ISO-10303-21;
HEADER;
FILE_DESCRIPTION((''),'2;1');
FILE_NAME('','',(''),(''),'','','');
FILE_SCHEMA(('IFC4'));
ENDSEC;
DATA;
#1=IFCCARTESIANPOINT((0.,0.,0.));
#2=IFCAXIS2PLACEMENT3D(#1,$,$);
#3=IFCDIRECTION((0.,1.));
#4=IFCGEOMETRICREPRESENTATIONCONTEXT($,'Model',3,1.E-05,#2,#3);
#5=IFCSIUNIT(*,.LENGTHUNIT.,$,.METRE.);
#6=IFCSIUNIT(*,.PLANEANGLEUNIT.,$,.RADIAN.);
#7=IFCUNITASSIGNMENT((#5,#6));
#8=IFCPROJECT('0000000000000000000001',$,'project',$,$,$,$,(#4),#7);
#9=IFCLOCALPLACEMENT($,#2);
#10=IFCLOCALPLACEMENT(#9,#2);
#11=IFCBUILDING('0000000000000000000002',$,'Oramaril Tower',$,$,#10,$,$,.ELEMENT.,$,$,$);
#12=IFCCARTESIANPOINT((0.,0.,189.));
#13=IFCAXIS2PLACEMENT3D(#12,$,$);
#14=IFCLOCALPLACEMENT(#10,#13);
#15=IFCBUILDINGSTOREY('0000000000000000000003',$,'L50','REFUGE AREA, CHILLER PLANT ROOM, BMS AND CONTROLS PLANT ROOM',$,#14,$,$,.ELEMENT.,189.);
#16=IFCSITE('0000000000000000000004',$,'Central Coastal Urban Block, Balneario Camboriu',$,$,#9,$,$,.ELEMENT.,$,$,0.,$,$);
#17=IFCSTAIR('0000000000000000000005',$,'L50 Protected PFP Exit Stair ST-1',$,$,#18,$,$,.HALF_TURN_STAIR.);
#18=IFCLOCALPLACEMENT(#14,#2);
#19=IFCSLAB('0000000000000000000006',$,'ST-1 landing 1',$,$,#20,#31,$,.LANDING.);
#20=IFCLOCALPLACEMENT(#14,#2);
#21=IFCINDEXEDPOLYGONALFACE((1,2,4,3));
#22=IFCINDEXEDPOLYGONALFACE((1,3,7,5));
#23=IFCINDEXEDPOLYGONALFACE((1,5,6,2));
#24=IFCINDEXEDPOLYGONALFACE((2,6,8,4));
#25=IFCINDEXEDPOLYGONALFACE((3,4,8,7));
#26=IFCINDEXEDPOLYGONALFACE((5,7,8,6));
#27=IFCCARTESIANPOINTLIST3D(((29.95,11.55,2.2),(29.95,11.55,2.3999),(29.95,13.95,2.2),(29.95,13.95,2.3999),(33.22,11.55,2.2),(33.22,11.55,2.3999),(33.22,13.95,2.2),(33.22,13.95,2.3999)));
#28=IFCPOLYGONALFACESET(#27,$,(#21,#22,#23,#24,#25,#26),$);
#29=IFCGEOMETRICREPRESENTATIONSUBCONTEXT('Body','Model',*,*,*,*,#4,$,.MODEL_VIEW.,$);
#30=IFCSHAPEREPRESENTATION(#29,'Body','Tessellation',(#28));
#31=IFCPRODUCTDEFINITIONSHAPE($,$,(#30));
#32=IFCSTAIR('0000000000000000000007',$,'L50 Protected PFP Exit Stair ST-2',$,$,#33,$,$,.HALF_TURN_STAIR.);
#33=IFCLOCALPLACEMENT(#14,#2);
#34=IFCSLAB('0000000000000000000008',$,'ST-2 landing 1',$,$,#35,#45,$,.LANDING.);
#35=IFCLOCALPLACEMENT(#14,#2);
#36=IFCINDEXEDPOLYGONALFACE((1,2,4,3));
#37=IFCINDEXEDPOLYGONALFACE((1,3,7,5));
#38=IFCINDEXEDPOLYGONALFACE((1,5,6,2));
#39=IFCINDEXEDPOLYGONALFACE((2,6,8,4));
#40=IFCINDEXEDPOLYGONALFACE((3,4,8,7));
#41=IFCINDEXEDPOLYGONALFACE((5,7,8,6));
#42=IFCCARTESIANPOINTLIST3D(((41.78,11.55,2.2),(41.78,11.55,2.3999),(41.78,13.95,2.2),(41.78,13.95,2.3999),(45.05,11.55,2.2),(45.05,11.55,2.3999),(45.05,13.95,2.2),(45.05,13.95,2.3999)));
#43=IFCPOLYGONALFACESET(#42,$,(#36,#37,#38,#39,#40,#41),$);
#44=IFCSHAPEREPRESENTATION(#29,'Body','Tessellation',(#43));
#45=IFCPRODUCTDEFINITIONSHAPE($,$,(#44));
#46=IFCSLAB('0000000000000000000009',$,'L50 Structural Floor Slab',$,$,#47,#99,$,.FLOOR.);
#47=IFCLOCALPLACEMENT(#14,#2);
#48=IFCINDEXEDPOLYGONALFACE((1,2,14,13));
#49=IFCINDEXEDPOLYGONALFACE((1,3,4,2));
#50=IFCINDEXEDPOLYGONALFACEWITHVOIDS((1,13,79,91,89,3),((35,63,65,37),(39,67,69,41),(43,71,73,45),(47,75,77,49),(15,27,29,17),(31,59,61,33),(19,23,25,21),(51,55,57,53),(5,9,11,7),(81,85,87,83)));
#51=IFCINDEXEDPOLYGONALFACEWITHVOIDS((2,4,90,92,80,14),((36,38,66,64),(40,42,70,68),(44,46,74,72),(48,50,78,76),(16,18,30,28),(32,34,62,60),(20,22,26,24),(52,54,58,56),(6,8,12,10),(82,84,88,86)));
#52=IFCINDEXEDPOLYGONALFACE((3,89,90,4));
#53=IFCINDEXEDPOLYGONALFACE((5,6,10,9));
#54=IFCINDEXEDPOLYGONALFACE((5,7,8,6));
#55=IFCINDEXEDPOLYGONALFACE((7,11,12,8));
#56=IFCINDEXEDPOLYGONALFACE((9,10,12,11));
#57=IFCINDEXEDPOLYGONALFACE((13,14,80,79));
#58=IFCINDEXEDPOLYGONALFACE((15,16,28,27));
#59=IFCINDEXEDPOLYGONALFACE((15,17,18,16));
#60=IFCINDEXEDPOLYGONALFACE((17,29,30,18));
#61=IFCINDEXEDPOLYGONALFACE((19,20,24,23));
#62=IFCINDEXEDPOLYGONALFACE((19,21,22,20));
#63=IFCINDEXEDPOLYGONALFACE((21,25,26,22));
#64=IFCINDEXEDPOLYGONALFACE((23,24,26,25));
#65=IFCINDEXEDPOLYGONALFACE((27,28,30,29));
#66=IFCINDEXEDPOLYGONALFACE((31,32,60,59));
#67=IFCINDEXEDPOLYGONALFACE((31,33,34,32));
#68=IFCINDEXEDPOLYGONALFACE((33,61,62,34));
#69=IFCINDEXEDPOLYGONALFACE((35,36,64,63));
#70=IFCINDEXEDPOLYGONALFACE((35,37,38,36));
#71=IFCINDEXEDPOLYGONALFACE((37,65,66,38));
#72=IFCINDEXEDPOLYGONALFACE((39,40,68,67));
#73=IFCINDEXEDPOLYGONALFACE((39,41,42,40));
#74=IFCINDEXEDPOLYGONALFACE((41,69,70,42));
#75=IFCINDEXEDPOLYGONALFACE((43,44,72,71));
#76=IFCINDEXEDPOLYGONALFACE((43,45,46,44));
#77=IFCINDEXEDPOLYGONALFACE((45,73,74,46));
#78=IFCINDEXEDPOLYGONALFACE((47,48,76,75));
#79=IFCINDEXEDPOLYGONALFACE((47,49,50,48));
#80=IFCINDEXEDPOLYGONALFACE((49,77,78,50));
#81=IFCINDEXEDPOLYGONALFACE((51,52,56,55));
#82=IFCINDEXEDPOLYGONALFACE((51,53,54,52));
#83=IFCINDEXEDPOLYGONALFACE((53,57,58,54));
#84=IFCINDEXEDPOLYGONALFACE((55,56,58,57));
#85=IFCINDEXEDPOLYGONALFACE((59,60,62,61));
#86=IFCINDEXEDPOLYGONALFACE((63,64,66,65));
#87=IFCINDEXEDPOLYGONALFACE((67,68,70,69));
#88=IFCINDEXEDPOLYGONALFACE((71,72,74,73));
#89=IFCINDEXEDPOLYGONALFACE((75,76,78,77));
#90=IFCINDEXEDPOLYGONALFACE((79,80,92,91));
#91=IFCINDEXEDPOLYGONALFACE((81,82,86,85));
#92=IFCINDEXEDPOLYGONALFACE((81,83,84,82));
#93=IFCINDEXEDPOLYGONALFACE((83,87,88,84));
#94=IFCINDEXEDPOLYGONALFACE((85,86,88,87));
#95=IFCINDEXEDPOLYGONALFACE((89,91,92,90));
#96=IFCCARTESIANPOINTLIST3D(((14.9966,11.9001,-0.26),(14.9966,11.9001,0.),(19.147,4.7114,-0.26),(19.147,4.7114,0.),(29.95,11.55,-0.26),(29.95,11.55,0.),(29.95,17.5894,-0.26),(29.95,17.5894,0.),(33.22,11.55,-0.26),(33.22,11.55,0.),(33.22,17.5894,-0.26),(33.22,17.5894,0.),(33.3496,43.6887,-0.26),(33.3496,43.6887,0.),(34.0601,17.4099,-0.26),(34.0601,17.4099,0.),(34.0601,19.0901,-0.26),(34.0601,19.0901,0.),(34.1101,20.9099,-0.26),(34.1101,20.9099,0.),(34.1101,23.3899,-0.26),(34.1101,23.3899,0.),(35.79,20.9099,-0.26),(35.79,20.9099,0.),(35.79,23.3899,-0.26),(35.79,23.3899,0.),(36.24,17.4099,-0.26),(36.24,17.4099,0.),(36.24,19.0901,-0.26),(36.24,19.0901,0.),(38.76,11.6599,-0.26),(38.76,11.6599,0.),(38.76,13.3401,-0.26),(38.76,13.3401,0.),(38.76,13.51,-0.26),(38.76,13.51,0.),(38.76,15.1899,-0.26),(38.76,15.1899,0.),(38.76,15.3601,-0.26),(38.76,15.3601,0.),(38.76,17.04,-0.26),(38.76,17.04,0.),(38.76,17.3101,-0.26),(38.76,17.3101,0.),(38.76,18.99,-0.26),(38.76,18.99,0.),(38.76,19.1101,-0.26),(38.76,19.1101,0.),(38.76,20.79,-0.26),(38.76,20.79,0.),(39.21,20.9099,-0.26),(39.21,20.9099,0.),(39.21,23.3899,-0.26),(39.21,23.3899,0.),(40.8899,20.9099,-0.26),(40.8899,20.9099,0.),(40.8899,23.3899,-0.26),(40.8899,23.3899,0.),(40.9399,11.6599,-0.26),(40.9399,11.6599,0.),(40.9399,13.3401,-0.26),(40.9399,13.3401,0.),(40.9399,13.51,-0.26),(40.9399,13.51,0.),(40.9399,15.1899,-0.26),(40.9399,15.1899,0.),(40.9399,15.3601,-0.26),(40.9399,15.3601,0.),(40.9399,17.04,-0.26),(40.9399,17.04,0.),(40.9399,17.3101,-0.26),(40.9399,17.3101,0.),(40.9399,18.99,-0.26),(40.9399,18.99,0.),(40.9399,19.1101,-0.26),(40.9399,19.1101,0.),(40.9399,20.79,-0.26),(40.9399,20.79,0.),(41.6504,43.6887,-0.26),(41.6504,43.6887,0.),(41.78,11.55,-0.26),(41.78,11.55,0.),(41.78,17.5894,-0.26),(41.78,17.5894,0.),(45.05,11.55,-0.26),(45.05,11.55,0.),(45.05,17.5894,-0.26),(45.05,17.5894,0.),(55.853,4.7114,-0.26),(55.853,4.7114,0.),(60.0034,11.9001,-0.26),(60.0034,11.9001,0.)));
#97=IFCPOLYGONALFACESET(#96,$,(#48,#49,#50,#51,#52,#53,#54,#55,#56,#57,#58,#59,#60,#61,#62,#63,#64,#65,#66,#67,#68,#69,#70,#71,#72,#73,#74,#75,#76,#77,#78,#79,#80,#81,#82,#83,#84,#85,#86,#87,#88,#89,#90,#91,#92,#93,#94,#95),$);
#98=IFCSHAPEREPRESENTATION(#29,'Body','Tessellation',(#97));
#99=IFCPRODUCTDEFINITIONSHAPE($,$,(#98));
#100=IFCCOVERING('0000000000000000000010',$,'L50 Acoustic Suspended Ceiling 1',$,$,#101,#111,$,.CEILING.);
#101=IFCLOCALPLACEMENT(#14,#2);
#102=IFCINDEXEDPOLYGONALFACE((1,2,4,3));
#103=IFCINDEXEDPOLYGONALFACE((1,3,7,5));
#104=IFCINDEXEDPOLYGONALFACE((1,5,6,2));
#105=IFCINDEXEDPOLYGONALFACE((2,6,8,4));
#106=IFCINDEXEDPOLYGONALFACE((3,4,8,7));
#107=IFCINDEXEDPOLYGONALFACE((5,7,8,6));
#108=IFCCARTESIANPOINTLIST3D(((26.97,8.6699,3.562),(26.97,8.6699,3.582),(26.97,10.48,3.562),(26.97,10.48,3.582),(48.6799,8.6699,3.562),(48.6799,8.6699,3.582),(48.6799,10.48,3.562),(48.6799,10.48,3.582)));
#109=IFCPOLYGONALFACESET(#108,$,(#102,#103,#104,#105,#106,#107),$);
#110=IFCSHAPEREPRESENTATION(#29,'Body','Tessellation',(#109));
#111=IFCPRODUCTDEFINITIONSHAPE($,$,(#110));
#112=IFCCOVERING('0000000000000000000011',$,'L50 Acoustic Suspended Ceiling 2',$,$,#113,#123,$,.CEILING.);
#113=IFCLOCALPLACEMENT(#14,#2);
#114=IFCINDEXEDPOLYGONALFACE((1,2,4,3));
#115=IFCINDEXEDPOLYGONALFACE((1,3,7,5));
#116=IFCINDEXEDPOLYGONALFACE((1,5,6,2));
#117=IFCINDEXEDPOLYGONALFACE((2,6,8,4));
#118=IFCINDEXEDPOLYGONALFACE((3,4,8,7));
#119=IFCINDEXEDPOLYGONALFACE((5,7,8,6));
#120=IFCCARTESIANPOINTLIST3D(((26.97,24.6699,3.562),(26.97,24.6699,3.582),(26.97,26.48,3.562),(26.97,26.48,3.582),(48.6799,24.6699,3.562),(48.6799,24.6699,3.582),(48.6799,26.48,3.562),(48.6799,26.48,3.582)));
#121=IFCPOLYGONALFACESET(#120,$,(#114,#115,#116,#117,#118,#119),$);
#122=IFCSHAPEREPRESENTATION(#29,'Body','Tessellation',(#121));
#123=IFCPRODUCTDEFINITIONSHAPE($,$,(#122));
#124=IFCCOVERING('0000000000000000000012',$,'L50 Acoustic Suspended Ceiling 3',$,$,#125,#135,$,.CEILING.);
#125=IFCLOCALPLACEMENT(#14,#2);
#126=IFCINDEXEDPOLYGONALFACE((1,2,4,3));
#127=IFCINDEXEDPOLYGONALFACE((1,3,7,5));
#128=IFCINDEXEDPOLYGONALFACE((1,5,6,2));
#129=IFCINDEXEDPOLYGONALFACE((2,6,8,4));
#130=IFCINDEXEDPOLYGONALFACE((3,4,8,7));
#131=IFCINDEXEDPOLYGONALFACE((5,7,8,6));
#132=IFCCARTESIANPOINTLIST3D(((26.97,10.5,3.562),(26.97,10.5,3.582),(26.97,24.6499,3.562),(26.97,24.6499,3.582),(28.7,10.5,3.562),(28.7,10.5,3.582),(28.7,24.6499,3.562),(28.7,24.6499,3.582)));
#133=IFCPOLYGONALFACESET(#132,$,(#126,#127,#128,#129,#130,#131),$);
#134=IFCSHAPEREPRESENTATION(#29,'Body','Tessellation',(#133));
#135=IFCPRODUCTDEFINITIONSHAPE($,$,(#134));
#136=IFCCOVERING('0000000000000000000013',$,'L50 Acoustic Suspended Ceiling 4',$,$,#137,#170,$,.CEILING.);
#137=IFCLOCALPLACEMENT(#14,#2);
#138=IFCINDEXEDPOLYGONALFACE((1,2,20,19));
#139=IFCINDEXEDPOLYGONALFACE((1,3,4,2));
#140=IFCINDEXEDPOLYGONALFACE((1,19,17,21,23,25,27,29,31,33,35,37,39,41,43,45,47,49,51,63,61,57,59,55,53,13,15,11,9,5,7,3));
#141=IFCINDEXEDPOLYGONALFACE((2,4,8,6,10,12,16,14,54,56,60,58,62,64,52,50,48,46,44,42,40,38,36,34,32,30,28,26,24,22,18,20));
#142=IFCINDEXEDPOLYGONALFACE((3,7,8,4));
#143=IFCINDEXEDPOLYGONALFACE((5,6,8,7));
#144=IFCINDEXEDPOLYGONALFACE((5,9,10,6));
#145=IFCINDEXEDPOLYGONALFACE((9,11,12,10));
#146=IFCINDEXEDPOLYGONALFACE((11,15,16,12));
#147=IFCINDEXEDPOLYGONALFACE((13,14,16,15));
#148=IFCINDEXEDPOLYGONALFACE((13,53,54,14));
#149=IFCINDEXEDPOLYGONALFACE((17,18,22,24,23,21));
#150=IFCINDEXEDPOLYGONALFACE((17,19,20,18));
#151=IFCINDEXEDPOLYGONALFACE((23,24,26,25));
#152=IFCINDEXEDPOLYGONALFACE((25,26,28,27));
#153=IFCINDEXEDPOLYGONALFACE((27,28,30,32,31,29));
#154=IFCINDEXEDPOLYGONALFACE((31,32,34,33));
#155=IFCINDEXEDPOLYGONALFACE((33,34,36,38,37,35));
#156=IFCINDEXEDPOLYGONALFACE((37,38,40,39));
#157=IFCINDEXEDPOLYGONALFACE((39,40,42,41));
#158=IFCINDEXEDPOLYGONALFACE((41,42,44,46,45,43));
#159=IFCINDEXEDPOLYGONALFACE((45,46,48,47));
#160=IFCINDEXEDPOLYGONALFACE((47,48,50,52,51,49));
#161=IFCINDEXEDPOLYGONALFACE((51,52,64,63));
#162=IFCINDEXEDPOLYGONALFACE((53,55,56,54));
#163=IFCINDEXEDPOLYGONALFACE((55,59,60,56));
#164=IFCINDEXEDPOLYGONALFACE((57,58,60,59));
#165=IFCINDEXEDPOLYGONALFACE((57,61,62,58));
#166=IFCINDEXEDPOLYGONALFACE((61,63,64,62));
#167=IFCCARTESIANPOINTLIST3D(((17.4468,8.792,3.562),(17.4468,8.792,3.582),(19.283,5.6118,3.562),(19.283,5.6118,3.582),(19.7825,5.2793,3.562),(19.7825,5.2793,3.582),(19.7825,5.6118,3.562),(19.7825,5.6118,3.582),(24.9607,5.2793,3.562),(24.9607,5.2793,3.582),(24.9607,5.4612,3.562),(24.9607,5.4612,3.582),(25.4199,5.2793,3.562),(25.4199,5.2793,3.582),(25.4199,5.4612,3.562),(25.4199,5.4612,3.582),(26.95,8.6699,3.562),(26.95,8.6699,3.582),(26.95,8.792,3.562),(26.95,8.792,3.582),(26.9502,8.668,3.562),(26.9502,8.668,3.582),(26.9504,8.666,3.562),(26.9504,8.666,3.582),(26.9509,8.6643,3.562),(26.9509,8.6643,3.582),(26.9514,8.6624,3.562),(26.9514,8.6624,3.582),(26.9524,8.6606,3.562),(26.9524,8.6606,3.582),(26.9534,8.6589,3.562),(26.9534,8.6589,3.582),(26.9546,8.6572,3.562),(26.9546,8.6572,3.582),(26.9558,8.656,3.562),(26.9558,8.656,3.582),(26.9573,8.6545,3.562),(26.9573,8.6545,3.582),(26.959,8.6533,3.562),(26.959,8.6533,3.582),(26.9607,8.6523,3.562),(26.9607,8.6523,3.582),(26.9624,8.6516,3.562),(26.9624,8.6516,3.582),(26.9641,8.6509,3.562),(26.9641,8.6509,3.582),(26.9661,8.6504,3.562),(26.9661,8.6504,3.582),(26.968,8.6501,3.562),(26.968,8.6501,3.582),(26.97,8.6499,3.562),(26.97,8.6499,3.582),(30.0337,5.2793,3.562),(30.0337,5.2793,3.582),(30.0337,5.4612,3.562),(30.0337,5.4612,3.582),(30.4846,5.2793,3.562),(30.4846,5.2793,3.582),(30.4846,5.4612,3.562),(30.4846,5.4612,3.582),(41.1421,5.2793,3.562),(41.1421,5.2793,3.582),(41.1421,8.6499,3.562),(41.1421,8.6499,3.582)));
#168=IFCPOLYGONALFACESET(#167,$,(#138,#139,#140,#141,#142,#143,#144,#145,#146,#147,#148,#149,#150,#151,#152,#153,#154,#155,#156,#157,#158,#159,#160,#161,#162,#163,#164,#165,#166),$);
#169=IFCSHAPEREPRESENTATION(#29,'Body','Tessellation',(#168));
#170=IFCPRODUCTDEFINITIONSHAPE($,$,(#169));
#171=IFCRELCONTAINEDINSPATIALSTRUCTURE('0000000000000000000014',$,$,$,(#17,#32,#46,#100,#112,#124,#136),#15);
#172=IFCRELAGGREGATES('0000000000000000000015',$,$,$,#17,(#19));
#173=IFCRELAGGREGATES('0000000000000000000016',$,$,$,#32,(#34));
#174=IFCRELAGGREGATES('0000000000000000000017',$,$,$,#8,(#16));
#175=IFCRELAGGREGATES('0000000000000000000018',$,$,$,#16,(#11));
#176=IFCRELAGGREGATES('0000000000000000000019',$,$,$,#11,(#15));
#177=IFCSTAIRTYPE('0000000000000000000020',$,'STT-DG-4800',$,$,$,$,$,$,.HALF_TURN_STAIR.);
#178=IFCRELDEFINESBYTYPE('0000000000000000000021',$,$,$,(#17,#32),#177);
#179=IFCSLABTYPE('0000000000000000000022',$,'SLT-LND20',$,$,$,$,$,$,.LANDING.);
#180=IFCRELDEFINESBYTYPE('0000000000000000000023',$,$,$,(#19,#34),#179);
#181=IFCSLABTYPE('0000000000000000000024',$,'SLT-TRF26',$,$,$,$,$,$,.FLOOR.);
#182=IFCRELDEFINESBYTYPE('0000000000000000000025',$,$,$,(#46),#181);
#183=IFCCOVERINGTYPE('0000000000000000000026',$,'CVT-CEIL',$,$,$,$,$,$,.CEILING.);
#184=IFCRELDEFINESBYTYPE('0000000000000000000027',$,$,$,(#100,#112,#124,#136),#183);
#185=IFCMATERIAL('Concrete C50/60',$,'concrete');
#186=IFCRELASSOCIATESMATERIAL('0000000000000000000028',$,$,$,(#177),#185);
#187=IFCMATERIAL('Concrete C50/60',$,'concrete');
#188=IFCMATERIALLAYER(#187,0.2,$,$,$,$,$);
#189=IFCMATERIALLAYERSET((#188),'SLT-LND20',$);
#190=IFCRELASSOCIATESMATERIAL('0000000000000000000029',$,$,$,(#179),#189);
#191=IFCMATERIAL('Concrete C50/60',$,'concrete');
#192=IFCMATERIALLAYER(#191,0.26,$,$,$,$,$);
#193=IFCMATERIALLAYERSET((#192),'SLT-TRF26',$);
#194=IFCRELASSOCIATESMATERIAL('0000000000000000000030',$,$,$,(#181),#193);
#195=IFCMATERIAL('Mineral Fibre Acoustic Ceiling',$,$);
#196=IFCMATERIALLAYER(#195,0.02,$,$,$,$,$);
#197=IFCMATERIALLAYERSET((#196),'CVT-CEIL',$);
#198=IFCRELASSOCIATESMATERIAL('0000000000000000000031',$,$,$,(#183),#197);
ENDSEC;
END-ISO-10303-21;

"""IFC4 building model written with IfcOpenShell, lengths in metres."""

from ifc_helpers import new_model, si_unit, direction, frame, origin, place, context, subcontext, project, spatial, polyline, outline, extrude, material, layer, layer_set, type_object, element, aggregate, save


model = new_model("IFC4")

# Units and contexts
model_context = context("Model", 3, precision=1e-05, world=origin(), true_north=direction((0.0, 1.0)))
body_context = subcontext(model_context, "Body", "Model", "MODEL_VIEW")
ifc_project = project(units=[si_unit("LENGTHUNIT", "METRE"), si_unit("PLANEANGLEUNIT", "RADIAN")], contexts=[model_context])

# Site, building, storey
site_placement = place(None, origin())
site = spatial("IfcSite", under=ifc_project, at=site_placement, Name="Central Coastal Urban Block, Balneario Camboriu", CompositionType="ELEMENT", RefElevation=0.0)
building_placement = place(site_placement, origin())
building = spatial("IfcBuilding", under=site, at=building_placement, Name="Oramaril Tower", CompositionType="ELEMENT")
storey_placement = place(building_placement, frame((0.0, 0.0, 189.0)))
storey = spatial("IfcBuildingStorey", under=building, at=storey_placement, Name="L50", Description="REFUGE AREA, CHILLER PLANT ROOM, BMS AND CONTROLS PLANT ROOM", CompositionType="ELEMENT", Elevation=189.0)

# Stairs, slabs
ifc_material_1 = material(Name="Concrete C50/60", Category="concrete")
stair_type = type_object("IfcStairType", Name="STT-DG-4800", PredefinedType="HALF_TURN_STAIR", material=ifc_material_1)
stair_1_placement = place(storey_placement, origin())
stair_1 = element("IfcStair", 1, at=stair_1_placement, inside=storey, type_object=stair_type, Name="L50 Protected PFP Exit Stair ST-1", PredefinedType="HALF_TURN_STAIR")
ifc_material_2 = material(Name="Concrete C50/60", Category="concrete")
ifc_layer_1 = layer(ifc_material_2, 0.2)
ifc_layer_set_1 = layer_set([ifc_layer_1], Name="SLT-LND20")
slab_type_1 = type_object("IfcSlabType", Name="SLT-LND20", PredefinedType="LANDING", material=ifc_layer_set_1)
slab_1_placement = place(storey_placement, frame((0.0, 0.0, 2.2)))
slab_1 = element("IfcSlab", 2, at=slab_1_placement, type_object=slab_type_1, Name="ST-1 landing 1", PredefinedType="LANDING", context=body_context, shape_type="SweptSolid", body=[
    extrude(outline(polyline([(29.95, 13.95), (29.95, 11.55), (33.22, 11.55), (33.22, 13.95), (29.95, 13.95)])), origin(), (0.0, 0.0, 1.0), 0.2),
])
aggregate(stair_1, [slab_1])
stair_2_placement = place(storey_placement, origin())
stair_2 = element("IfcStair", 3, at=stair_2_placement, inside=storey, type_object=stair_type, Name="L50 Protected PFP Exit Stair ST-2", PredefinedType="HALF_TURN_STAIR")
slab_2_placement = place(storey_placement, frame((0.0, 0.0, 2.2)))
slab_2 = element("IfcSlab", 4, at=slab_2_placement, type_object=slab_type_1, Name="ST-2 landing 1", PredefinedType="LANDING", context=body_context, shape_type="SweptSolid", body=[
    extrude(outline(polyline([(41.78, 13.95), (41.78, 11.55), (45.05, 11.55), (45.05, 13.95), (41.78, 13.95)])), origin(), (0.0, 0.0, 1.0), 0.2),
])
aggregate(stair_2, [slab_2])

# Slab
ifc_material_3 = material(Name="Concrete C50/60", Category="concrete")
ifc_layer_2 = layer(ifc_material_3, 0.26)
ifc_layer_set_2 = layer_set([ifc_layer_2], Name="SLT-TRF26")
slab_type_2 = type_object("IfcSlabType", Name="SLT-TRF26", PredefinedType="FLOOR", material=ifc_layer_set_2)
slab_3_placement = place(storey_placement, frame((0.0, 0.0, -0.26)))
element("IfcSlab", 5, at=slab_3_placement, inside=storey, type_object=slab_type_2, Name="L50 Structural Floor Slab", PredefinedType="FLOOR", context=body_context, shape_type="SweptSolid", body=[
    extrude(outline(polyline([(14.9966, 11.9001), (19.147, 4.7114), (55.853, 4.7114), (60.0034, 11.9001), (41.6504, 43.6887), (33.3496, 43.6887), (14.9966, 11.9001)]), holes=[polyline([(29.95, 17.5894), (29.95, 11.55), (33.22, 11.55), (33.22, 17.5894), (29.95, 17.5894)]), polyline([(41.78, 17.5894), (41.78, 11.55), (45.05, 11.55), (45.05, 17.5894), (41.78, 17.5894)]), polyline([(34.1101, 20.9099), (35.79, 20.9099), (35.79, 23.3899), (34.1101, 23.3899), (34.1101, 20.9099)]), polyline([(39.21, 20.9099), (40.8899, 20.9099), (40.8899, 23.3899), (39.21, 23.3899), (39.21, 20.9099)]), polyline([(38.76, 11.6599), (40.9399, 11.6599), (40.9399, 13.3401), (38.76, 13.3401), (38.76, 11.6599)]), polyline([(38.76, 13.51), (40.9399, 13.51), (40.9399, 15.1899), (38.76, 15.1899), (38.76, 13.51)]), polyline([(38.76, 15.3601), (40.9399, 15.3601), (40.9399, 17.04), (38.76, 17.04), (38.76, 15.3601)]), polyline([(34.0601, 17.4099), (36.24, 17.4099), (36.24, 19.0901), (34.0601, 19.0901), (34.0601, 17.4099)]), polyline([(38.76, 17.3101), (40.9399, 17.3101), (40.9399, 18.99), (38.76, 18.99), (38.76, 17.3101)]), polyline([(38.76, 19.1101), (40.9399, 19.1101), (40.9399, 20.79), (38.76, 20.79), (38.76, 19.1101)])]), origin(), (0.0, 0.0, 1.0), 0.26),
])

# Coverings
ifc_material_4 = material(Name="Mineral Fibre Acoustic Ceiling")
ifc_layer_3 = layer(ifc_material_4, 0.02)
ifc_layer_set_3 = layer_set([ifc_layer_3], Name="CVT-CEIL")
covering_type_1 = type_object("IfcCoveringType", Name="CVT-CEIL", PredefinedType="CEILING", material=ifc_layer_set_3)
covering_1_placement = place(storey_placement, frame((0.0, 0.0, 3.562)))
element("IfcCovering", 6, at=covering_1_placement, inside=storey, type_object=covering_type_1, Name="L50 Acoustic Suspended Ceiling 1", PredefinedType="CEILING", context=body_context, shape_type="SweptSolid", body=[
    extrude(outline(polyline([(48.6799, 10.48), (48.6799, 8.6699), (26.97, 8.6699), (26.97, 10.48), (48.6799, 10.48)])), origin(), (0.0, 0.0, 1.0), 0.02),
])
covering_2_placement = place(storey_placement, frame((0.0, 0.0, 3.562)))
element("IfcCovering", 7, at=covering_2_placement, inside=storey, type_object=covering_type_1, Name="L50 Acoustic Suspended Ceiling 2", PredefinedType="CEILING", context=body_context, shape_type="SweptSolid", body=[
    extrude(outline(polyline([(48.6799, 26.48), (48.6799, 24.6699), (26.97, 24.6699), (26.97, 26.48), (48.6799, 26.48)])), origin(), (0.0, 0.0, 1.0), 0.02),
])
covering_3_placement = place(storey_placement, frame((0.0, 0.0, 3.562)))
element("IfcCovering", 8, at=covering_3_placement, inside=storey, type_object=covering_type_1, Name="L50 Acoustic Suspended Ceiling 3", PredefinedType="CEILING", context=body_context, shape_type="SweptSolid", body=[
    extrude(outline(polyline([(28.7, 10.5), (26.97, 10.5), (26.97, 24.6499), (28.7, 24.6499), (28.7, 10.5)])), origin(), (0.0, 0.0, 1.0), 0.02),
])
covering_4_placement = place(storey_placement, frame((0.0, 0.0, 3.562)))
element("IfcCovering", 9, at=covering_4_placement, inside=storey, type_object=covering_type_1, Name="L50 Acoustic Suspended Ceiling 4", PredefinedType="CEILING", context=body_context, shape_type="SweptSolid", body=[
    extrude(outline(polyline([(41.1421, 5.2793), (30.4846, 5.2793), (30.4846, 5.4612), (30.0337, 5.4612), (30.0337, 5.2793), (25.4199, 5.2793), (25.4199, 5.4612), (24.9607, 5.4612), (24.9607, 5.2793), (19.7825, 5.2793), (19.7825, 5.6118), (19.283, 5.6118), (17.4468, 8.792), (26.95, 8.792), (26.95, 8.6699), (26.9502, 8.668), (26.9504, 8.666), (26.9509, 8.6643), (26.9514, 8.6624), (26.9524, 8.6606), (26.9534, 8.6589), (26.9546, 8.6572), (26.9558, 8.656), (26.9573, 8.6545), (26.959, 8.6533), (26.9607, 8.6523), (26.9624, 8.6516), (26.9641, 8.6509), (26.9661, 8.6504), (26.968, 8.6501), (26.97, 8.6499), (41.1421, 8.6499), (41.1421, 5.2793)])), origin(), (0.0, 0.0, 1.0), 0.02),
])

save(model, "model.ifc")
